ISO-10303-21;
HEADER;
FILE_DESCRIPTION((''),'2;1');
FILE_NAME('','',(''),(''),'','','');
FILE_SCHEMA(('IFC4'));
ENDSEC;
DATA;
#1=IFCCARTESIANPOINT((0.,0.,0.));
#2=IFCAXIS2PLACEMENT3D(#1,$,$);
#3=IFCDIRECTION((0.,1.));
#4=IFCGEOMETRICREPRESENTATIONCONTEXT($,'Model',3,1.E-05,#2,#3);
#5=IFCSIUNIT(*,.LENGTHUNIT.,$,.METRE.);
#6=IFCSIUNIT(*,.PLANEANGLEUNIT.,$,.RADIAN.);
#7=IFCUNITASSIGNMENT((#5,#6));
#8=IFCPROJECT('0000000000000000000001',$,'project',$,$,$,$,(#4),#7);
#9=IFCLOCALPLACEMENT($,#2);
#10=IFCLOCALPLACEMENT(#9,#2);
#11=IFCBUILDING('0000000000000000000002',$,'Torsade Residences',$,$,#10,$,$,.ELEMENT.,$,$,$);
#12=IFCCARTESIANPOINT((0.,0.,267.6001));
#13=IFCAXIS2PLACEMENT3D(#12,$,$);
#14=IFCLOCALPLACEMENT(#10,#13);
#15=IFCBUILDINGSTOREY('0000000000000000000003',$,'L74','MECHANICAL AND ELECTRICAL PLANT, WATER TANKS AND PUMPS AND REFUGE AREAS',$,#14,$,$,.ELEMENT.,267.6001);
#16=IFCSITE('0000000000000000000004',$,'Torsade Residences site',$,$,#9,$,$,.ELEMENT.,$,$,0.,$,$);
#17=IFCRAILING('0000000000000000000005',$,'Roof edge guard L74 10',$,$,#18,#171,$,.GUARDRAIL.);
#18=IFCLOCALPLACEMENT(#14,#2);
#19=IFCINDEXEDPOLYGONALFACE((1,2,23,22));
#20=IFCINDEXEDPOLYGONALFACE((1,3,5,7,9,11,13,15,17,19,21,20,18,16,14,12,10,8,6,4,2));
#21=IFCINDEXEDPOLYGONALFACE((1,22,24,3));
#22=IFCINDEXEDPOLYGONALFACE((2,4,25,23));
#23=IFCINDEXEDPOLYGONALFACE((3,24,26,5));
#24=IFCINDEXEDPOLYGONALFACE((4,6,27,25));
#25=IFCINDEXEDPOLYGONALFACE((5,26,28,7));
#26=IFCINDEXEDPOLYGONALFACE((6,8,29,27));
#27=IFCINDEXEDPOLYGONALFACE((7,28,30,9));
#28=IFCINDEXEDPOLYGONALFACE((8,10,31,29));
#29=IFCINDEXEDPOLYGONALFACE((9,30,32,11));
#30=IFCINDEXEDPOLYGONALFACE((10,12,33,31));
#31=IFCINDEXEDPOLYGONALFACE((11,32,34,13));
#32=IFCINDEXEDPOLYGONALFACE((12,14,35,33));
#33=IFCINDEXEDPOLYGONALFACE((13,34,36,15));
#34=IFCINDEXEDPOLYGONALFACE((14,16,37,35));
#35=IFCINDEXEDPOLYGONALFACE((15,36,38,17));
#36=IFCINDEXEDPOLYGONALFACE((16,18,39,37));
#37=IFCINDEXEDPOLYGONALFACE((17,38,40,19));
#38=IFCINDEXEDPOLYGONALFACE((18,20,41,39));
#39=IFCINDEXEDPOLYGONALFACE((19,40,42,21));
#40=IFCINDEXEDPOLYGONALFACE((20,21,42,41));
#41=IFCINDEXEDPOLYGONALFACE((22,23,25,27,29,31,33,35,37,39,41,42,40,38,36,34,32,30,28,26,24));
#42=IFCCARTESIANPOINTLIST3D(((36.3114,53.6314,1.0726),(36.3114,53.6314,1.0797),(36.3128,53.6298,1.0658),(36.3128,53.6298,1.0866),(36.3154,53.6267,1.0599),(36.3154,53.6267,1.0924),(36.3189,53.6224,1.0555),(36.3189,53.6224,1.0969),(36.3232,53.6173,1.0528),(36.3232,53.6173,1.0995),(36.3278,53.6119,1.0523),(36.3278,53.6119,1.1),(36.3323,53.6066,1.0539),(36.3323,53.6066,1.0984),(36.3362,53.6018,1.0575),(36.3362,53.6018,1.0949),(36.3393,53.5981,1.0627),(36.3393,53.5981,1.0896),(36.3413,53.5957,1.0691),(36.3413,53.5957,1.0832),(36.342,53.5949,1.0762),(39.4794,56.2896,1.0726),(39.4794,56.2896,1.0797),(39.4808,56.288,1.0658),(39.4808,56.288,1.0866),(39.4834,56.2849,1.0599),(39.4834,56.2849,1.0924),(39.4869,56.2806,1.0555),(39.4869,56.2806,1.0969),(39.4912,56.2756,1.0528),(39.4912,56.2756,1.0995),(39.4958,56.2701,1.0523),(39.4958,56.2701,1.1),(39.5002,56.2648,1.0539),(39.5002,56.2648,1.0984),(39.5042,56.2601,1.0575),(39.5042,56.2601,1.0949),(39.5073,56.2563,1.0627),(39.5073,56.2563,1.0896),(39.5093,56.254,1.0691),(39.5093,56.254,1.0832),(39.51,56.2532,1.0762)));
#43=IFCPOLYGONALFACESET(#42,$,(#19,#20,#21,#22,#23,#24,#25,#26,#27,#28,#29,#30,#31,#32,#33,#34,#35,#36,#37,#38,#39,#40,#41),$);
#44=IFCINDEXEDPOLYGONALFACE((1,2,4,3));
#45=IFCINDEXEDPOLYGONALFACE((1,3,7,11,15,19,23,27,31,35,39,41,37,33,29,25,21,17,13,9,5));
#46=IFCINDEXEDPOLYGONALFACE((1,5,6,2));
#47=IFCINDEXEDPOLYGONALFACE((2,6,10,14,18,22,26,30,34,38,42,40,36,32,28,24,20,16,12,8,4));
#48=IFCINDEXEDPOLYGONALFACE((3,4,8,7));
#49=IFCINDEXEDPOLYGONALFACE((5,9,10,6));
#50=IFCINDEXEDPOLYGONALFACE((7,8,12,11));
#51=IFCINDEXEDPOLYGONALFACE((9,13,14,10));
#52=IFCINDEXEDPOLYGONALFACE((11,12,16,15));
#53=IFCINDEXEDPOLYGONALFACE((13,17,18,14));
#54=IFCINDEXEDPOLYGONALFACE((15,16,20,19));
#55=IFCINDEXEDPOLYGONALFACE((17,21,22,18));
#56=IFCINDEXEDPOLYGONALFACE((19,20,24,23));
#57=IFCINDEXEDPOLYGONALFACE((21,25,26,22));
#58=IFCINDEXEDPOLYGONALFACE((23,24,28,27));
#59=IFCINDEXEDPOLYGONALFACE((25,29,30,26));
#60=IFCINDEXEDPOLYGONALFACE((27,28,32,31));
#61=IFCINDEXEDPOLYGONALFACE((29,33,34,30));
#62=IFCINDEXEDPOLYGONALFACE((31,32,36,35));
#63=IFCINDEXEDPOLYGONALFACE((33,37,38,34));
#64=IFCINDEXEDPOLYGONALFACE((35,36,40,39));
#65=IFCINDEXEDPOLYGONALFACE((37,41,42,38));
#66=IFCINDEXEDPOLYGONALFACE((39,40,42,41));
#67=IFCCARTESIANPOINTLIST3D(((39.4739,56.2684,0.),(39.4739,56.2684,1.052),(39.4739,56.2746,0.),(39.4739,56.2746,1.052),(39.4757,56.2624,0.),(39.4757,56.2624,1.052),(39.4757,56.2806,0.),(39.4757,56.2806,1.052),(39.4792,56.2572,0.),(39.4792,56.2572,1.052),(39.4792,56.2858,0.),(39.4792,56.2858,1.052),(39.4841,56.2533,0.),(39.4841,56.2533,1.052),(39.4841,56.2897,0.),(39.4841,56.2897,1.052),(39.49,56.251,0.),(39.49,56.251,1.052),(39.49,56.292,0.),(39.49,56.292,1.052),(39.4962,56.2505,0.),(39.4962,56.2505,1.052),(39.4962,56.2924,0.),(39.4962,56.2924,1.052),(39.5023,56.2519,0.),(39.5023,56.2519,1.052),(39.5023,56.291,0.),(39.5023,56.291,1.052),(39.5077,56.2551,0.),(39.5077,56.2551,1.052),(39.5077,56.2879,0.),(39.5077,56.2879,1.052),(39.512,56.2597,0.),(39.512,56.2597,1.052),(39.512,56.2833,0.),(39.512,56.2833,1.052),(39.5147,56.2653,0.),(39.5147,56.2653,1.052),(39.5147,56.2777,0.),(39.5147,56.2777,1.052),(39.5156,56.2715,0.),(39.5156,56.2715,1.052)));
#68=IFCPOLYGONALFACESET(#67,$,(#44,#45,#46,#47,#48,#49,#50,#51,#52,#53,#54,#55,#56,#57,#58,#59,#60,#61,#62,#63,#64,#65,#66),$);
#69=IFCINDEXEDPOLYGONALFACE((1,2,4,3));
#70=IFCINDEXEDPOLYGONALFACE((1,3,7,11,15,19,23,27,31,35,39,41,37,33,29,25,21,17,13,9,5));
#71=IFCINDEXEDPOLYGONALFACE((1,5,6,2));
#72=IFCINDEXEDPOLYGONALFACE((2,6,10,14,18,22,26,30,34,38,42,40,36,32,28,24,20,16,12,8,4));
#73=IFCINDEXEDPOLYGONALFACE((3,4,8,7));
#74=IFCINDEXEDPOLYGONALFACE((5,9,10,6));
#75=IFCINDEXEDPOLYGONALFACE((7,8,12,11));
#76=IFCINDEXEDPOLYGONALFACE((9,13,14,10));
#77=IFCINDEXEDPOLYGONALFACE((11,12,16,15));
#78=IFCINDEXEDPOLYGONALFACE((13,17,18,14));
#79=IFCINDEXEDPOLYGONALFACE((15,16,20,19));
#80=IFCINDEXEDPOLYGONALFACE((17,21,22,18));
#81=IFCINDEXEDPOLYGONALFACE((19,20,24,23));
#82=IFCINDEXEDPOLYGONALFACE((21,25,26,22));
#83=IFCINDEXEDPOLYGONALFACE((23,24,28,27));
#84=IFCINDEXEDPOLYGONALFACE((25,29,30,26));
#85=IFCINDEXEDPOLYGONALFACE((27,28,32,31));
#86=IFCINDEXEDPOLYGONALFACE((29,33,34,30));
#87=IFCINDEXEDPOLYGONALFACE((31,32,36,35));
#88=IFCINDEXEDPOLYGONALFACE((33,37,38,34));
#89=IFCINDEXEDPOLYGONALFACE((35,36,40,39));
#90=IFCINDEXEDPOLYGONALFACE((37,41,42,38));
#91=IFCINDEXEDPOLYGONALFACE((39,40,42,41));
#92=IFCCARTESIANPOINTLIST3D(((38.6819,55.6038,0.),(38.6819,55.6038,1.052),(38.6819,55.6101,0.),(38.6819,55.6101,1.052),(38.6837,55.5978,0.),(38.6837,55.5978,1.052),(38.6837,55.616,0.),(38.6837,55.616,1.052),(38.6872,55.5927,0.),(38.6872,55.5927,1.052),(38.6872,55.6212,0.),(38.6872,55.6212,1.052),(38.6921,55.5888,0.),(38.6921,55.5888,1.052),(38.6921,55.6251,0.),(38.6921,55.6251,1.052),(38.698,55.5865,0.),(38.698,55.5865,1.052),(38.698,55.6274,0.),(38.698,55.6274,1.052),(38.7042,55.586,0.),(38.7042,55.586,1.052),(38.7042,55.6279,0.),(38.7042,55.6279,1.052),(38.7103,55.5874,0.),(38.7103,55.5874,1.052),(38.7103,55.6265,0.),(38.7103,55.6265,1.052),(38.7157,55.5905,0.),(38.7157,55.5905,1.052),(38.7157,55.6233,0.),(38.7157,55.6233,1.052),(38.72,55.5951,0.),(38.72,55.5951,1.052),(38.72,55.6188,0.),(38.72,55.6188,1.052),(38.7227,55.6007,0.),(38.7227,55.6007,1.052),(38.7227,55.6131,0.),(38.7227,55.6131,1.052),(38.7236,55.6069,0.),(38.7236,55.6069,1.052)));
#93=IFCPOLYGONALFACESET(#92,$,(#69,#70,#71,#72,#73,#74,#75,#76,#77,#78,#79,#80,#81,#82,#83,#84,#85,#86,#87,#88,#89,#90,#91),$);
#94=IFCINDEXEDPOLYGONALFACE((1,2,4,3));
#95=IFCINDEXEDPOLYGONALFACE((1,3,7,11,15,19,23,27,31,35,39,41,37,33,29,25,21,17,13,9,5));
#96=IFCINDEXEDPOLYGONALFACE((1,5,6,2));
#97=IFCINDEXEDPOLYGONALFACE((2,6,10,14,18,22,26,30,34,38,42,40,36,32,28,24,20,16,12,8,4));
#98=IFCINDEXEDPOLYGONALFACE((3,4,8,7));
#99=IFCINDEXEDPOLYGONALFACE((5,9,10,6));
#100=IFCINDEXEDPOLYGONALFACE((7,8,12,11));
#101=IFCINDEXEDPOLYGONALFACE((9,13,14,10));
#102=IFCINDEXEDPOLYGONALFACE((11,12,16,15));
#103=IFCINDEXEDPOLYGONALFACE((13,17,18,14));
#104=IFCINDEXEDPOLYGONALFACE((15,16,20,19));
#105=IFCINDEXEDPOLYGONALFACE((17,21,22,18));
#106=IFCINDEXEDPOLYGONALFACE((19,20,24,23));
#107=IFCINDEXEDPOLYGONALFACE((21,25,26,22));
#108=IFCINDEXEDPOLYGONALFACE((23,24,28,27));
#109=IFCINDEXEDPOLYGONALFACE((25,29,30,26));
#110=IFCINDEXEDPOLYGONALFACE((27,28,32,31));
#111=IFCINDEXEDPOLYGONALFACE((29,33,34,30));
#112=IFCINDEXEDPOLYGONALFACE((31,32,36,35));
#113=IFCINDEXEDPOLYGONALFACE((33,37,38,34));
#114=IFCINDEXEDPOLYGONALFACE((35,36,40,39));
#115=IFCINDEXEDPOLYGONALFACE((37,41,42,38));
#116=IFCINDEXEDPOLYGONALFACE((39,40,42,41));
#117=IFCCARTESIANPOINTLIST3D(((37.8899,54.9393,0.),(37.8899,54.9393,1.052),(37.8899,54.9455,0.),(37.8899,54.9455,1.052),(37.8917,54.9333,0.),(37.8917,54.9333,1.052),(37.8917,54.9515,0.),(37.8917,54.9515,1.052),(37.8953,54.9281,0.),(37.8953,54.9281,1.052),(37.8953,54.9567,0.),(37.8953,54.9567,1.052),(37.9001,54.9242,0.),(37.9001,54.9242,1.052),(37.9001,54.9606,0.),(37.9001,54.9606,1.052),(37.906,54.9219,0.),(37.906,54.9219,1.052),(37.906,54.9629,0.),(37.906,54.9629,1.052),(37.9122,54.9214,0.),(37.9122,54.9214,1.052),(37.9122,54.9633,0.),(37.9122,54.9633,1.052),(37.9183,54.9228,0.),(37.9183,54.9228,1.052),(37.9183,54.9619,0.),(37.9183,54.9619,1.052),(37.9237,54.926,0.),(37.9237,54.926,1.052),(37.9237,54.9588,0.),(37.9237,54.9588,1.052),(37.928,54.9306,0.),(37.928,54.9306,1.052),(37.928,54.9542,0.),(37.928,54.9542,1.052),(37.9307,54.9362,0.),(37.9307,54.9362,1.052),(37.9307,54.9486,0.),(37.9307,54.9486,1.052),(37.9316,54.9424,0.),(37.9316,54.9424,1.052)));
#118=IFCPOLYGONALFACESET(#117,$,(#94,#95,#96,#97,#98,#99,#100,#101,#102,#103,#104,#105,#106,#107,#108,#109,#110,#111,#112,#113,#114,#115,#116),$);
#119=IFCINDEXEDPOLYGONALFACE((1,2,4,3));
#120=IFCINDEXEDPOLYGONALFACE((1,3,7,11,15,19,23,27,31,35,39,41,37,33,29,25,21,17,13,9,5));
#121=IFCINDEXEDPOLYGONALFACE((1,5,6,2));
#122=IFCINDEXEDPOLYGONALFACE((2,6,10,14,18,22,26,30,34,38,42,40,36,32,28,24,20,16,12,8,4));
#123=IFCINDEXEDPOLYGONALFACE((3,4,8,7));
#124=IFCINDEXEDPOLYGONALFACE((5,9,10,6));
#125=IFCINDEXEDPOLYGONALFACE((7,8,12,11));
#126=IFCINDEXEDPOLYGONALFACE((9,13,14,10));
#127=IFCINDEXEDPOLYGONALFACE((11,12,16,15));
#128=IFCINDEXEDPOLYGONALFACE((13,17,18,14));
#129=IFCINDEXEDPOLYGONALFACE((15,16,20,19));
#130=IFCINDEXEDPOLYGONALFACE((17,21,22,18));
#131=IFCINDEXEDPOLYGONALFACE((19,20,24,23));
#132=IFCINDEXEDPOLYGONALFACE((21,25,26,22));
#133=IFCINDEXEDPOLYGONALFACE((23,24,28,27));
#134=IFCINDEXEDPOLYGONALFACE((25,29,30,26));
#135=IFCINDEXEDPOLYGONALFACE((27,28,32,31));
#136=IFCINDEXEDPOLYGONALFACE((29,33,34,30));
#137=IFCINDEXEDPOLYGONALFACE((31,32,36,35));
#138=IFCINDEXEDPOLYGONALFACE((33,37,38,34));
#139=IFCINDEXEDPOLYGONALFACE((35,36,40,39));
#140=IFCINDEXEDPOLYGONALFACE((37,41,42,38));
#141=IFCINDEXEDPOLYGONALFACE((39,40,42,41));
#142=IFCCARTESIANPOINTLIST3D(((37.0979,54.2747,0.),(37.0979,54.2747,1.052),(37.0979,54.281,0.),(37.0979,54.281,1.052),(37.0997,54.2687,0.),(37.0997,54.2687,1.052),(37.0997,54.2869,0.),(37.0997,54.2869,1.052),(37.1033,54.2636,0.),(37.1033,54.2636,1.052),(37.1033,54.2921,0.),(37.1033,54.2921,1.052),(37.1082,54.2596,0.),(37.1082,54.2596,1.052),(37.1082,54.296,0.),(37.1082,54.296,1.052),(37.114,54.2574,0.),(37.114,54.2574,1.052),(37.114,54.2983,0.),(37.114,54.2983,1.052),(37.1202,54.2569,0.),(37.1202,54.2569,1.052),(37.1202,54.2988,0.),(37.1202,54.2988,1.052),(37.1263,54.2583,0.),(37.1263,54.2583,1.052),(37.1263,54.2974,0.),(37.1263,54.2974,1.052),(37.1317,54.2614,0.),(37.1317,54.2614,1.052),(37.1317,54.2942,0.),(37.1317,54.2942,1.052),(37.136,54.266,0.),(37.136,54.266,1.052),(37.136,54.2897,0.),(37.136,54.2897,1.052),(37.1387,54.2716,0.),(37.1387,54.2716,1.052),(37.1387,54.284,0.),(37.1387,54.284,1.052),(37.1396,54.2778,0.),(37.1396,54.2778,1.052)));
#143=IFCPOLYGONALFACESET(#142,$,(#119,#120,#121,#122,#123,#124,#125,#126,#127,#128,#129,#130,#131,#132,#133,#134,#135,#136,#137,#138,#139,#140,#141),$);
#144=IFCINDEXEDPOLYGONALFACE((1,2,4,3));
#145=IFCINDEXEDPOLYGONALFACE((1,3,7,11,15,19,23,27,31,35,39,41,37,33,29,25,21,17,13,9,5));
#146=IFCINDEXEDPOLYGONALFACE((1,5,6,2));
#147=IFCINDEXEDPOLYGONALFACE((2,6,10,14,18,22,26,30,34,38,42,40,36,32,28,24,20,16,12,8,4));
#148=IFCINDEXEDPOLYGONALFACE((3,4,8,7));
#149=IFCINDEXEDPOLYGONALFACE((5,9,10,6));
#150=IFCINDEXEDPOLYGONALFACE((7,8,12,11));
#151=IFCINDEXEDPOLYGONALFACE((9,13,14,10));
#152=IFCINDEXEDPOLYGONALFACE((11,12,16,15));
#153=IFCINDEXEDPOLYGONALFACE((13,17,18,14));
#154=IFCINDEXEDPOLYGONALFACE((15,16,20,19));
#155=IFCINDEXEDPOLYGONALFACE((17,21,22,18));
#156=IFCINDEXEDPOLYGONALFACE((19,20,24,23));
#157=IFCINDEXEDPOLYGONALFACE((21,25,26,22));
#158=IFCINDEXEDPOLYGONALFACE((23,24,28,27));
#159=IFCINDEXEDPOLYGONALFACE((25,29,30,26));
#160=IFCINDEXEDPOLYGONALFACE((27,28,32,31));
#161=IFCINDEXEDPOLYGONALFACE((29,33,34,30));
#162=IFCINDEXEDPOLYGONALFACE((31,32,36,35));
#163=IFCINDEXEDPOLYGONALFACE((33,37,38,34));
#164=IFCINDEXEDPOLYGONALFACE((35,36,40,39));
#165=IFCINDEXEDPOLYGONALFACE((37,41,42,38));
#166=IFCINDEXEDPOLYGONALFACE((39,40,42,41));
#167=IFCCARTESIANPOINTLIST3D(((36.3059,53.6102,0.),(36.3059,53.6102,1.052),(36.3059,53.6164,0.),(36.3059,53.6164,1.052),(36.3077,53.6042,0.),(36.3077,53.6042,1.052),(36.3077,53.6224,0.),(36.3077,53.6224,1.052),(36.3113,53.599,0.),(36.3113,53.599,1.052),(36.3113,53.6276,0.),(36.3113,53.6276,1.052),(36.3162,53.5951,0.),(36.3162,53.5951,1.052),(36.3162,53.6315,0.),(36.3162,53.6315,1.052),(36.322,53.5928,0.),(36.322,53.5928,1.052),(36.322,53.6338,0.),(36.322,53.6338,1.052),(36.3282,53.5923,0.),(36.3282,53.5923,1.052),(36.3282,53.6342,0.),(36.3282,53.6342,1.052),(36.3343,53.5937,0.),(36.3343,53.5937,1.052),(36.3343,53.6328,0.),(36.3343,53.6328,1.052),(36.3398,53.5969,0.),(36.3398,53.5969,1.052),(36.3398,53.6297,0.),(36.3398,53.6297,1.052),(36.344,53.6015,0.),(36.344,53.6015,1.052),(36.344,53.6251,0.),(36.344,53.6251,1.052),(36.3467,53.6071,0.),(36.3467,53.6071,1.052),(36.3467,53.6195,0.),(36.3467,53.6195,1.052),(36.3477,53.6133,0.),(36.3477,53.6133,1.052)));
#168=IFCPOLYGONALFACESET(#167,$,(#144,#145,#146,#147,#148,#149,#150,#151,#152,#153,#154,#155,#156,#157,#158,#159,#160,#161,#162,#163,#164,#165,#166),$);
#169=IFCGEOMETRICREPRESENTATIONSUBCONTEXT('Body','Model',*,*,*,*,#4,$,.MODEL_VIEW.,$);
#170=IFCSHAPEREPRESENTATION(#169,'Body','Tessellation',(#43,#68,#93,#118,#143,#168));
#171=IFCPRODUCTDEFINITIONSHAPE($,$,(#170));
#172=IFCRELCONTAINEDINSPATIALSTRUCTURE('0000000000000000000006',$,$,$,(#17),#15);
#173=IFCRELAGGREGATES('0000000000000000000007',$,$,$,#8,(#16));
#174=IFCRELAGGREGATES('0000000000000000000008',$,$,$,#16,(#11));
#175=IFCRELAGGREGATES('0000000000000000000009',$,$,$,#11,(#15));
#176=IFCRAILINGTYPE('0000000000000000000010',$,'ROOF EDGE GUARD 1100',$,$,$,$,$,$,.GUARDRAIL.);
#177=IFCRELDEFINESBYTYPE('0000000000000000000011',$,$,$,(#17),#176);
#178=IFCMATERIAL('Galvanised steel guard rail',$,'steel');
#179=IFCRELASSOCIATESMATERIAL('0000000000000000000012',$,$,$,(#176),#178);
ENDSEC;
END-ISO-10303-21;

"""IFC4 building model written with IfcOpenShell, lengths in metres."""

from ifc_helpers import new_model, si_unit, direction, frame, origin, origin_2d, place, context, subcontext, project, spatial, circle, extrude, material, type_object, element, save


model = new_model("IFC4")

# Units and contexts
model_context = context("Model", 3, precision=1e-05, world=origin(), true_north=direction((0.0, 1.0)))
body_context = subcontext(model_context, "Body", "Model", "MODEL_VIEW")
ifc_project = project(units=[si_unit("LENGTHUNIT", "METRE"), si_unit("PLANEANGLEUNIT", "RADIAN")], contexts=[model_context])

# Site, building, storey
site_placement = place(None, origin())
site = spatial("IfcSite", under=ifc_project, at=site_placement, Name="Torsade Residences site", CompositionType="ELEMENT", RefElevation=0.0)
building_placement = place(site_placement, origin())
building = spatial("IfcBuilding", under=site, at=building_placement, Name="Torsade Residences", CompositionType="ELEMENT")
storey_placement = place(building_placement, frame((0.0, 0.0, 267.6001)))
storey = spatial("IfcBuildingStorey", under=building, at=storey_placement, Name="L74", Description="MECHANICAL AND ELECTRICAL PLANT, WATER TANKS AND PUMPS AND REFUGE AREAS", CompositionType="ELEMENT", Elevation=267.6001)

# Railing
ifc_material_1 = material(Name="Galvanised steel guard rail", Category="steel")
railing_type = type_object("IfcRailingType", Name="ROOF EDGE GUARD 1100", PredefinedType="GUARDRAIL", material=ifc_material_1)
railing_1_placement = place(storey_placement, frame((39.4946, 56.2715, 0.0)))
element("IfcRailing", 1, at=railing_1_placement, inside=storey, type_object=railing_type, Name="Roof edge guard L74 10", PredefinedType="GUARDRAIL", context=body_context, shape_type="SweptSolid", body=[
    extrude(circle(Radius=0.0239, at=origin_2d()), frame((0.0, 0.0, 1.0762), z_axis=(-0.766049, -0.642782, 0.0), x_axis=(0.642782, -0.766049, 0.0)), (0.0, 0.0, 1.0), 4.1355),
    extrude(circle(Radius=0.021, at=origin_2d()), origin(), (0.0, 0.0, 1.0), 1.052),
    extrude(circle(Radius=0.021, at=origin_2d()), frame((-0.792, -0.6646, 0.0)), (0.0, 0.0, 1.0), 1.052),
    extrude(circle(Radius=0.021, at=origin_2d()), frame((-1.584, -1.3291, 0.0)), (0.0, 0.0, 1.0), 1.052),
    extrude(circle(Radius=0.021, at=origin_2d()), frame((-2.376, -1.9937, 0.0)), (0.0, 0.0, 1.0), 1.052),
    extrude(circle(Radius=0.021, at=origin_2d()), frame((-3.168, -2.6582, 0.0)), (0.0, 0.0, 1.0), 1.052),
])

save(model, "model.ifc")
